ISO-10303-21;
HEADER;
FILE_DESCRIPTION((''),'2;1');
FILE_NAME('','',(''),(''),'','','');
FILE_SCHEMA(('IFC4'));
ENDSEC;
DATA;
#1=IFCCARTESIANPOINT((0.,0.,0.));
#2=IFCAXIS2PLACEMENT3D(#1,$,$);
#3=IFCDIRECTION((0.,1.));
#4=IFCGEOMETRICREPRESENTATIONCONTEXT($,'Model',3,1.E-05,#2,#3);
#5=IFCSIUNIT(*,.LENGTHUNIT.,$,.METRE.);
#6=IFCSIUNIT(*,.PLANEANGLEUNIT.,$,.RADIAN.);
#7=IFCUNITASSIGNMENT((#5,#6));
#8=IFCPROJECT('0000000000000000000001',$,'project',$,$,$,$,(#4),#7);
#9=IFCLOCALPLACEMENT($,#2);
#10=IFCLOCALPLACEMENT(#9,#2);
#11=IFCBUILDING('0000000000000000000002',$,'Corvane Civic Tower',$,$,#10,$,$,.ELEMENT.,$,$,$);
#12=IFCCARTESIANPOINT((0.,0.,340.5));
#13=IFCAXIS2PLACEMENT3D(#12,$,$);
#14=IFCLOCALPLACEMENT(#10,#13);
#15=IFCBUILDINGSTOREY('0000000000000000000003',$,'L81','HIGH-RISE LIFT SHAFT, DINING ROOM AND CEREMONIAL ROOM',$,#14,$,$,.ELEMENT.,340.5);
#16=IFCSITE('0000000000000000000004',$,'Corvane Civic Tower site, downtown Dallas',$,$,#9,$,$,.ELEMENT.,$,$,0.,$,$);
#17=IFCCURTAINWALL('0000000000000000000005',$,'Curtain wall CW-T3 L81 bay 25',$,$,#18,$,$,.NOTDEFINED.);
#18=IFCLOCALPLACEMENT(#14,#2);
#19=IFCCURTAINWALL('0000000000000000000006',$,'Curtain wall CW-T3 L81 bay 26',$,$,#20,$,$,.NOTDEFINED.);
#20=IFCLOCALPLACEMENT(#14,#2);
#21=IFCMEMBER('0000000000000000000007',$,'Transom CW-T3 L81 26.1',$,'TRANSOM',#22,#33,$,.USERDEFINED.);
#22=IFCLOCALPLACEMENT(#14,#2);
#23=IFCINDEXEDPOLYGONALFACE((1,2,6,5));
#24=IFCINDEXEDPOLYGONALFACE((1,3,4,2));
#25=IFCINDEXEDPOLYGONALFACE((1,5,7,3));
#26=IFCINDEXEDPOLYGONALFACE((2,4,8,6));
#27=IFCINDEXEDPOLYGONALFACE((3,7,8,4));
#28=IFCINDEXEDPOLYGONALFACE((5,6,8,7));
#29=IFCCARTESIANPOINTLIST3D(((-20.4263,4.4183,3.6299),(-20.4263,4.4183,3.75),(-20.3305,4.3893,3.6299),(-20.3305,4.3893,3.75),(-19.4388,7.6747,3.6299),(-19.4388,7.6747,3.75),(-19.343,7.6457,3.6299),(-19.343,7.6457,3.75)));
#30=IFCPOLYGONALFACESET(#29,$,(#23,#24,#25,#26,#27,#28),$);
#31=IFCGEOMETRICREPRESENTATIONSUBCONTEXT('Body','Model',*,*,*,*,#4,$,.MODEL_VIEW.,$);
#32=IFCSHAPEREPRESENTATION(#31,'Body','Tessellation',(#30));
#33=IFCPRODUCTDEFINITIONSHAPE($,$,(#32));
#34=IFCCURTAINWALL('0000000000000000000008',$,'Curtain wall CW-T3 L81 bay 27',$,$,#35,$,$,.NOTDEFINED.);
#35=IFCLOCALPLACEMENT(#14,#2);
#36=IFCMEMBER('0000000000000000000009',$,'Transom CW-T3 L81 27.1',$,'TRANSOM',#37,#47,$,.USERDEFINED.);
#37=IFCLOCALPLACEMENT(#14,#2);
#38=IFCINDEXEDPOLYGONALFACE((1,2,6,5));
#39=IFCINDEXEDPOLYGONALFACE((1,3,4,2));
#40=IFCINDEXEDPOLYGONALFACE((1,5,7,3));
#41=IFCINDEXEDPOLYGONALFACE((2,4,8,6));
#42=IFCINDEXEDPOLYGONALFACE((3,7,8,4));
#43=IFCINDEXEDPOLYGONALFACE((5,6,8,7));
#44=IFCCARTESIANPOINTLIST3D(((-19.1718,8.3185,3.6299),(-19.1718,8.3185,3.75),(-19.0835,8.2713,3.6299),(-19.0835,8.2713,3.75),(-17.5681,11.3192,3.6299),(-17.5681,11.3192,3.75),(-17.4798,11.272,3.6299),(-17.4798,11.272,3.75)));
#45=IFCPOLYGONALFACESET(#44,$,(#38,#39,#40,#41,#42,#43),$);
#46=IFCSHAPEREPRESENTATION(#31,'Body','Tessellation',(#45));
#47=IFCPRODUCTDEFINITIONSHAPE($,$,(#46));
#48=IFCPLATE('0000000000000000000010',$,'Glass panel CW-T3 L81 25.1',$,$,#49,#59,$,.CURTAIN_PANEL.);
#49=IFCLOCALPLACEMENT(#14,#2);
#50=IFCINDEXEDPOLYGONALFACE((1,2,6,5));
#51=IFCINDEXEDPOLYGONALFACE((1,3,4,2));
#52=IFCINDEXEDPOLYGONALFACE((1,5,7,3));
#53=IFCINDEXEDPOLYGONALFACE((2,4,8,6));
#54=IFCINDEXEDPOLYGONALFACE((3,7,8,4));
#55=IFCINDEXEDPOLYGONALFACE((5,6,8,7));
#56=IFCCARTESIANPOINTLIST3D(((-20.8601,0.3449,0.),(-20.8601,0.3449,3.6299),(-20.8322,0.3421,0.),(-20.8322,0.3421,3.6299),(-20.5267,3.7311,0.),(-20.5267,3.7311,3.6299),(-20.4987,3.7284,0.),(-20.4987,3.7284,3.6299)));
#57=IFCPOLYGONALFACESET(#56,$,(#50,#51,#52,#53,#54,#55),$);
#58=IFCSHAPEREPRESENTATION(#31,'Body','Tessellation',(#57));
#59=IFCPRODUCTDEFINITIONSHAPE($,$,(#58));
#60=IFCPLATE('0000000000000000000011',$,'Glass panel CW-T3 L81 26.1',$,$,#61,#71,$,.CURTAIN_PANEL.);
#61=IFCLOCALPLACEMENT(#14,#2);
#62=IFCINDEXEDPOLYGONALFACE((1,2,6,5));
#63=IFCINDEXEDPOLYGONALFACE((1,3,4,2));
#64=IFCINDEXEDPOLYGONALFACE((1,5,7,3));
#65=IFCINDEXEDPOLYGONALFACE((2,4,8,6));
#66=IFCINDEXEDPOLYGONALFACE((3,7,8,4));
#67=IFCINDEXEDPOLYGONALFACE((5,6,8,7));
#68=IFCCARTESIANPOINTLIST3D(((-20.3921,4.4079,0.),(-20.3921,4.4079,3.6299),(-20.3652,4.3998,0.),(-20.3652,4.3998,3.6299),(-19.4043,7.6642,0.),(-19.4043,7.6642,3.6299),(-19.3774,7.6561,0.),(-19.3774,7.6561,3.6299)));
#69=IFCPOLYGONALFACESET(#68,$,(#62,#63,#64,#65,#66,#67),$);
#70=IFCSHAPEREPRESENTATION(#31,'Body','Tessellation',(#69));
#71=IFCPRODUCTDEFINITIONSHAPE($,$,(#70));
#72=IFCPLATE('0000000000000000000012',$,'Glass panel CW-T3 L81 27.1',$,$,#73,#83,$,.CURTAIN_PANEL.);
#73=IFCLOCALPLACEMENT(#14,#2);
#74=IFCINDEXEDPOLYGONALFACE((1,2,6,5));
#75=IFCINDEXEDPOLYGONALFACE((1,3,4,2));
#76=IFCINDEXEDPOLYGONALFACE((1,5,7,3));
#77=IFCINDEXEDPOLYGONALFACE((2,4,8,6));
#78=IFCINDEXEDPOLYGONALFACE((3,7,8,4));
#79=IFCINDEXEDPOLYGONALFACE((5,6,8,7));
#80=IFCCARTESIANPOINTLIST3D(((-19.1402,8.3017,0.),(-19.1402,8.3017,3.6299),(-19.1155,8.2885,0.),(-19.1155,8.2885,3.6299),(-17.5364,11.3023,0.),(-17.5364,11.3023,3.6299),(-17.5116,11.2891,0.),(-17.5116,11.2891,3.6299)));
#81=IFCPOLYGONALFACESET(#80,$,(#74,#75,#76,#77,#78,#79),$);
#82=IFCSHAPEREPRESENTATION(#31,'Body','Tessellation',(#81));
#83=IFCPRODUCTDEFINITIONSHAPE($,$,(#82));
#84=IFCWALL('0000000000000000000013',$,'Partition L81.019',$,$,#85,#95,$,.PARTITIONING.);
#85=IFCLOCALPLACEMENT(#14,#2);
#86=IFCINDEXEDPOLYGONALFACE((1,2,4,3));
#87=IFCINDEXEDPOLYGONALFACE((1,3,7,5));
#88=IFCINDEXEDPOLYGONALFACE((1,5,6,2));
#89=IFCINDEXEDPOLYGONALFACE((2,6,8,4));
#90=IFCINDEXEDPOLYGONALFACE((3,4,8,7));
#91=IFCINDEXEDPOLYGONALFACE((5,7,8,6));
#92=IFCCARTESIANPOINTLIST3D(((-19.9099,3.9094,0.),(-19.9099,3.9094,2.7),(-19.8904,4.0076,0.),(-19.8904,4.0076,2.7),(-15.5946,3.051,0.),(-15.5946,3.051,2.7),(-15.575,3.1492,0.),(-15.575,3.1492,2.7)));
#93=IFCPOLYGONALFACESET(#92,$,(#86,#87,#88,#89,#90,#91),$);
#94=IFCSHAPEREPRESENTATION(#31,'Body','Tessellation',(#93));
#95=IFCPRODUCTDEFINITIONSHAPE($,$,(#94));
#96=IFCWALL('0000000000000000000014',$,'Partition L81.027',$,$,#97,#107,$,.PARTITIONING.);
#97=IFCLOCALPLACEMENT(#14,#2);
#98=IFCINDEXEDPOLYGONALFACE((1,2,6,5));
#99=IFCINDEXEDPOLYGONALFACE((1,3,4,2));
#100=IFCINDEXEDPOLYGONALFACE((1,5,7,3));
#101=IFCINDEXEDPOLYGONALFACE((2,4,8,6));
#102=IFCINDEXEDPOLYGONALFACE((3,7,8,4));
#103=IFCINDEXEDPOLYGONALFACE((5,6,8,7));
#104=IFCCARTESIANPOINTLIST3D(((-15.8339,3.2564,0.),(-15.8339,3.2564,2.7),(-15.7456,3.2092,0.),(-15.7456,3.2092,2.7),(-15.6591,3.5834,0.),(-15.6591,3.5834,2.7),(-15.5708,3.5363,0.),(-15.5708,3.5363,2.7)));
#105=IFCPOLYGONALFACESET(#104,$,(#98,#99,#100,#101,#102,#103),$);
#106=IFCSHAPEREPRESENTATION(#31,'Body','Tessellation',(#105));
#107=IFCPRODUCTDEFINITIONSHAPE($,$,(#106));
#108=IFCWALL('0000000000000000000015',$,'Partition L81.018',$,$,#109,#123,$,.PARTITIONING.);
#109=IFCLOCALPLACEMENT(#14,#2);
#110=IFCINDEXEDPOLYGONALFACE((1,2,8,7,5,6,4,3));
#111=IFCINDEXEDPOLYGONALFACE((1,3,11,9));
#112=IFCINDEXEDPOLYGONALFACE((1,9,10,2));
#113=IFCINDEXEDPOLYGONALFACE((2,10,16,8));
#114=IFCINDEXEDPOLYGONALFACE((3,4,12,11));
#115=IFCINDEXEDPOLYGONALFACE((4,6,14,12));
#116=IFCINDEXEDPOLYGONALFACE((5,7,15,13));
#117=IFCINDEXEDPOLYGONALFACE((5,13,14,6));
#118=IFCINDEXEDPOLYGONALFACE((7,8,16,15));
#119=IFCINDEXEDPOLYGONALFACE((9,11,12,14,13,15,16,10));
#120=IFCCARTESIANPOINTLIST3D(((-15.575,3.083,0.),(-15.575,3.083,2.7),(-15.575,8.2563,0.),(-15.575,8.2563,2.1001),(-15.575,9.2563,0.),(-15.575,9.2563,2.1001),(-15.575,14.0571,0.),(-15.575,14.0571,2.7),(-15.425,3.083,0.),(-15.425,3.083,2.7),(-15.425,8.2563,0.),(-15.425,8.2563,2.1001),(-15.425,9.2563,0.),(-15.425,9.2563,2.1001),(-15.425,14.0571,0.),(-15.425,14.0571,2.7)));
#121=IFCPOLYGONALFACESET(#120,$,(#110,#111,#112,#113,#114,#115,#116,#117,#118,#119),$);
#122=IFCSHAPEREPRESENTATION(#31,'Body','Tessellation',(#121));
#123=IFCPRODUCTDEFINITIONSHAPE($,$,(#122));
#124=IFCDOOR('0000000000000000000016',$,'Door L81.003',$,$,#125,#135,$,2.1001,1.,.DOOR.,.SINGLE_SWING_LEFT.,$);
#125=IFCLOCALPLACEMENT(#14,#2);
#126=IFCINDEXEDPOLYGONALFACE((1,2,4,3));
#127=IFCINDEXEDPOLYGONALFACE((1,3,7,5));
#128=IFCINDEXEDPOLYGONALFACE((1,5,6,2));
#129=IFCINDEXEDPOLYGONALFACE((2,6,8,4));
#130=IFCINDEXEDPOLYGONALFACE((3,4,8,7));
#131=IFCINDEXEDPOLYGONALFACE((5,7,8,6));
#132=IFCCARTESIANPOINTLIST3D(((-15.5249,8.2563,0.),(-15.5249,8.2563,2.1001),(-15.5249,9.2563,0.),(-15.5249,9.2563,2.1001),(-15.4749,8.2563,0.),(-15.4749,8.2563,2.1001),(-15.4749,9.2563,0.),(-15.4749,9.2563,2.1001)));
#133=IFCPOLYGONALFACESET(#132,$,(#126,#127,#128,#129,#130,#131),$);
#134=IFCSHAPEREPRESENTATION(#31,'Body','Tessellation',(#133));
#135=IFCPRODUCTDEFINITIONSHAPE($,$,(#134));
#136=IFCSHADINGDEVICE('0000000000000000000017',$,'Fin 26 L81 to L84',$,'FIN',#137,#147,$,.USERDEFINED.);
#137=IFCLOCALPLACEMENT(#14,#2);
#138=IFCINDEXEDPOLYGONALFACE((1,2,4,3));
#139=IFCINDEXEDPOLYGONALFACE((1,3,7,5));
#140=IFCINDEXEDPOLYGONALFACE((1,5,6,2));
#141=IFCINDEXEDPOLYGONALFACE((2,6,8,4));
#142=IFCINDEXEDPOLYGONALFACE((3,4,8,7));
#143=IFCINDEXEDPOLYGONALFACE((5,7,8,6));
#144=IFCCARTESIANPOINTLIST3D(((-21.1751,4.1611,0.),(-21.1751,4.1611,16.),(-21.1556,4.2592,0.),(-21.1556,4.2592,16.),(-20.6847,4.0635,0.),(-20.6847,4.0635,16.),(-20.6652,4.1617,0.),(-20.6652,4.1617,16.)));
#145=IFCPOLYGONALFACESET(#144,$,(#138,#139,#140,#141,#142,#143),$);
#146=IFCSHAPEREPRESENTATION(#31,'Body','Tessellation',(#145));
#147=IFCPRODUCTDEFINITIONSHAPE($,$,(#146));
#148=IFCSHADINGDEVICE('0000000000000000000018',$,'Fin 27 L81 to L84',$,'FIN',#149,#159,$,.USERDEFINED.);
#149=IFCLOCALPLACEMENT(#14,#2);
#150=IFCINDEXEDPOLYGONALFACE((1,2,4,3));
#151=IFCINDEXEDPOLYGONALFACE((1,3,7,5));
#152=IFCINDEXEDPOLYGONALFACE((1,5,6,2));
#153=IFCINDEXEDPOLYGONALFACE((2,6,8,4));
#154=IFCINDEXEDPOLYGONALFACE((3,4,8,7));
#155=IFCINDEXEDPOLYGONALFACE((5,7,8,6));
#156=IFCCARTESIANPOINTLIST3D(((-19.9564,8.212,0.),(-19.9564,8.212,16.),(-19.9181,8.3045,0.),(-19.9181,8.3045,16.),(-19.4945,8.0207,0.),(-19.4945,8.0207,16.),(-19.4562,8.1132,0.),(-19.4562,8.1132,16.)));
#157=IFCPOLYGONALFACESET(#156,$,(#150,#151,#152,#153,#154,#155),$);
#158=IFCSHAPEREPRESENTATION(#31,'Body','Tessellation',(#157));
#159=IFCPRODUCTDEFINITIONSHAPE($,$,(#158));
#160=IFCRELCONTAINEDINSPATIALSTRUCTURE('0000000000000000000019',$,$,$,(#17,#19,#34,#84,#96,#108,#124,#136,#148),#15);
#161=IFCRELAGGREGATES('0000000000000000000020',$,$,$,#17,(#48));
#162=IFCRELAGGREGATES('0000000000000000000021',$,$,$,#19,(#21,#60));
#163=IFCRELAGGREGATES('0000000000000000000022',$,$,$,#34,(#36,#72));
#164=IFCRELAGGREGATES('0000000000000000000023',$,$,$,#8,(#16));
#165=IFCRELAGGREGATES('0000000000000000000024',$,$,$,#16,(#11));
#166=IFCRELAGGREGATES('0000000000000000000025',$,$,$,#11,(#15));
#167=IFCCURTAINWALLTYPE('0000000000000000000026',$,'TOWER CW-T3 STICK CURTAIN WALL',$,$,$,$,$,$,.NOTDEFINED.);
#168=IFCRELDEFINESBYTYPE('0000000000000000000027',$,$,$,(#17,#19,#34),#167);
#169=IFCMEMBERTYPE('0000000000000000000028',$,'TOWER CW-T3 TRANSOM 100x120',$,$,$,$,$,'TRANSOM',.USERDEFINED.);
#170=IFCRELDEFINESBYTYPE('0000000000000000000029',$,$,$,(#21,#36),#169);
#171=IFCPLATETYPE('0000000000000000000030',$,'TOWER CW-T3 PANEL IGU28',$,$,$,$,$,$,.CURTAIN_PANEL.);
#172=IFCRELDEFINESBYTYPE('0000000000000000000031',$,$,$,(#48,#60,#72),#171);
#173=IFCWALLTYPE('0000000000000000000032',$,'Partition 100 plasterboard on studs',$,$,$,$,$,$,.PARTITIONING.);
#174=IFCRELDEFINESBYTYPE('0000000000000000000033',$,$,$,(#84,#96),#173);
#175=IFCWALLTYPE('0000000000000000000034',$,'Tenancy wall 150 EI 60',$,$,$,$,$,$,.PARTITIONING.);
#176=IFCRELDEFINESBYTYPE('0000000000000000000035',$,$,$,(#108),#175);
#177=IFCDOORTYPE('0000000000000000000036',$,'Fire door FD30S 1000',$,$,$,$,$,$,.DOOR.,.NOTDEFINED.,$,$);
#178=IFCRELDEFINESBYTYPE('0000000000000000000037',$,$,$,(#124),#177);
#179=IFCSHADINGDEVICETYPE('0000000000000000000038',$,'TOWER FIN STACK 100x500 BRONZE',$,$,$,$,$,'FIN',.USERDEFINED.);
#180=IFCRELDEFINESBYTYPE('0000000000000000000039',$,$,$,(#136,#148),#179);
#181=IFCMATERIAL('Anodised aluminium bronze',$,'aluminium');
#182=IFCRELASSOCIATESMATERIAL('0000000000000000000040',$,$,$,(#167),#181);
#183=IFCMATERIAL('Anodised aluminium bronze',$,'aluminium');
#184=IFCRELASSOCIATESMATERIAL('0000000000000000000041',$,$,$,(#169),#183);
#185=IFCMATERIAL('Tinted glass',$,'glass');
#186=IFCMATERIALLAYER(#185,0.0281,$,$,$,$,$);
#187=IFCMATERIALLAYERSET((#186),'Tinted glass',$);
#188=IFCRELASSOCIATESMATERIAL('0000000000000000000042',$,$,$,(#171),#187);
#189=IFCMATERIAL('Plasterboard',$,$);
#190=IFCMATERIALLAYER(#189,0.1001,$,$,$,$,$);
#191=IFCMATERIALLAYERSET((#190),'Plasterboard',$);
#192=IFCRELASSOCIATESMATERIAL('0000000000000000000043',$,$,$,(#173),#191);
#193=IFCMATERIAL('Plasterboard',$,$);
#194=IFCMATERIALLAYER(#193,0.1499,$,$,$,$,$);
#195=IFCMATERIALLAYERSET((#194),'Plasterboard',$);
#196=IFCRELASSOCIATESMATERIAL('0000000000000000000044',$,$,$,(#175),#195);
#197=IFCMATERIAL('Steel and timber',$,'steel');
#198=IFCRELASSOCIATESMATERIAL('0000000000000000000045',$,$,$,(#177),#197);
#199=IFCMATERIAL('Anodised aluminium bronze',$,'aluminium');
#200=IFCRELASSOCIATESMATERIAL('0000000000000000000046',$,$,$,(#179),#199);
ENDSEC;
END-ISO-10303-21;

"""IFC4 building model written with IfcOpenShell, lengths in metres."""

from ifc_helpers import new_model, si_unit, direction, frame, frame_2d, origin, origin_2d, place, context, subcontext, project, spatial, rectangle, extrude, material, layer, layer_set, material_profile, profile_set, type_object, element, fill, aggregate, save


model = new_model("IFC4")

# Units and contexts
model_context = context("Model", 3, precision=1e-05, world=origin(), true_north=direction((0.0, 1.0)))
body_context = subcontext(model_context, "Body", "Model", "MODEL_VIEW")
ifc_project = project(units=[si_unit("LENGTHUNIT", "METRE"), si_unit("PLANEANGLEUNIT", "RADIAN")], contexts=[model_context])

# Site, building, storey
site_placement = place(None, origin())
site = spatial("IfcSite", under=ifc_project, at=site_placement, Name="Corvane Civic Tower site, downtown Dallas", CompositionType="ELEMENT", RefElevation=0.0)
building_placement = place(site_placement, origin())
building = spatial("IfcBuilding", under=site, at=building_placement, Name="Corvane Civic Tower", CompositionType="ELEMENT")
storey_placement = place(building_placement, frame((0.0, 0.0, 340.5)))
storey = spatial("IfcBuildingStorey", under=building, at=storey_placement, Name="L81", Description="HIGH-RISE LIFT SHAFT, DINING ROOM AND CEREMONIAL ROOM", CompositionType="ELEMENT", Elevation=340.5)

# Curtain walls, members
ifc_material_1 = material(Name="Anodised aluminium bronze", Category="aluminium")
curtain_wall_type = type_object("IfcCurtainWallType", Name="TOWER CW-T3 STICK CURTAIN WALL", PredefinedType="NOTDEFINED", material=ifc_material_1)
curtain_wall_1_placement = place(storey_placement, origin())
curtain_wall_1 = element("IfcCurtainWall", 1, at=curtain_wall_1_placement, inside=storey, type_object=curtain_wall_type, Name="Curtain wall CW-T3 L81 bay 25", PredefinedType="NOTDEFINED")
ifc_material_2 = material(Name="Anodised aluminium bronze", Category="aluminium")
ifc_material_profile_1 = material_profile(ifc_material_2, rectangle(XDim=0.1001, YDim=0.1201, at=origin_2d()), Name="TOWER CW-T3 TRANSOM 100x120")
ifc_profile_set_1 = profile_set([ifc_material_profile_1], Name="Anodised aluminium bronze")
member_type = type_object("IfcMemberType", Name="TOWER CW-T3 TRANSOM 100x120", ElementType="TRANSOM", PredefinedType="USERDEFINED", material=ifc_profile_set_1)
curtain_wall_2_placement = place(storey_placement, origin())
curtain_wall_2 = element("IfcCurtainWall", 2, at=curtain_wall_2_placement, inside=storey, type_object=curtain_wall_type, Name="Curtain wall CW-T3 L81 bay 26", PredefinedType="NOTDEFINED")
member_1_placement = place(storey_placement, frame((-20.3784, 4.4038, 3.6899), z_axis=(0.290216, 0.956961, 0.0), x_axis=(-0.956961, 0.290216, 0.0)))
member_1 = element("IfcMember", 3, at=member_1_placement, type_object=member_type, Name="Transom CW-T3 L81 26.1", ObjectType="TRANSOM", PredefinedType="USERDEFINED", context=body_context, shape_type="SweptSolid", body=[
    extrude(rectangle(XDim=0.1001, YDim=0.1201, at=origin_2d()), origin(), (0.0, 0.0, 1.0), 3.4028),
])
curtain_wall_3_placement = place(storey_placement, origin())
curtain_wall_3 = element("IfcCurtainWall", 4, at=curtain_wall_3_placement, inside=storey, type_object=curtain_wall_type, Name="Curtain wall CW-T3 L81 bay 27", PredefinedType="NOTDEFINED")
member_2_placement = place(storey_placement, frame((-19.1277, 8.2949, 3.6899), z_axis=(0.471359, 0.881941, 0.0), x_axis=(-0.881941, 0.471359, 0.0)))
member_2 = element("IfcMember", 5, at=member_2_placement, type_object=member_type, Name="Transom CW-T3 L81 27.1", ObjectType="TRANSOM", PredefinedType="USERDEFINED", context=body_context, shape_type="SweptSolid", body=[
    extrude(rectangle(XDim=0.1001, YDim=0.1201, at=origin_2d()), origin(), (0.0, 0.0, 1.0), 3.4023),
])

# Plates
ifc_material_3 = material(Name="Tinted glass", Category="glass")
ifc_layer_1 = layer(ifc_material_3, 0.0281)
ifc_layer_set_1 = layer_set([ifc_layer_1], Name="Tinted glass")
plate_type = type_object("IfcPlateType", Name="TOWER CW-T3 PANEL IGU28", PredefinedType="CURTAIN_PANEL", material=ifc_layer_set_1)
plate_1_placement = place(storey_placement, frame((-20.6794, 2.0366, 0.0), z_axis=(0.0, 0.0, 1.0), x_axis=(0.097998, 0.995187, 0.0)))
plate_1 = element("IfcPlate", 6, at=plate_1_placement, type_object=plate_type, Name="Glass panel CW-T3 L81 25.1", PredefinedType="CURTAIN_PANEL", context=body_context, shape_type="SweptSolid", body=[
    extrude(rectangle(XDim=3.4026, YDim=0.0281, at=origin_2d()), origin(), (0.0, 0.0, 1.0), 3.6299),
])
aggregate(curtain_wall_1, [plate_1])
plate_2_placement = place(storey_placement, frame((-19.8848, 6.032, 0.0), z_axis=(0.0, 0.0, 1.0), x_axis=(0.29029, 0.956939, 0.0)))
plate_2 = element("IfcPlate", 7, at=plate_2_placement, type_object=plate_type, Name="Glass panel CW-T3 L81 26.1", PredefinedType="CURTAIN_PANEL", context=body_context, shape_type="SweptSolid", body=[
    extrude(rectangle(XDim=3.4028, YDim=0.0281, at=origin_2d()), origin(), (0.0, 0.0, 1.0), 3.6299),
])
aggregate(curtain_wall_2, [member_1, plate_2])
plate_3_placement = place(storey_placement, frame((-18.3259, 9.7954, 0.0), z_axis=(0.0, 0.0, 1.0), x_axis=(0.471384, 0.881928, 0.0)))
plate_3 = element("IfcPlate", 8, at=plate_3_placement, type_object=plate_type, Name="Glass panel CW-T3 L81 27.1", PredefinedType="CURTAIN_PANEL", context=body_context, shape_type="SweptSolid", body=[
    extrude(rectangle(XDim=3.4023, YDim=0.0281, at=origin_2d()), origin(), (0.0, 0.0, 1.0), 3.6299),
])
aggregate(curtain_wall_3, [member_2, plate_3])

# Walls
ifc_material_4 = material(Name="Plasterboard")
ifc_layer_2 = layer(ifc_material_4, 0.1001)
ifc_layer_set_2 = layer_set([ifc_layer_2], Name="Plasterboard")
wall_type_1 = type_object("IfcWallType", Name="Partition 100 plasterboard on studs", PredefinedType="PARTITIONING", material=ifc_layer_set_2)
wall_1_placement = place(storey_placement, frame((-19.9001, 3.9585, 0.0), z_axis=(0.0, 0.0, 1.0), x_axis=(0.980785, -0.195092, 0.0)))
element("IfcWall", 9, at=wall_1_placement, inside=storey, type_object=wall_type_1, Name="Partition L81.019", PredefinedType="PARTITIONING", context=body_context, shape_type="SweptSolid", body=[
    extrude(rectangle(XDim=4.3999, YDim=0.1001, at=frame_2d((2.2, 0.0))), origin(), (0.0, 0.0, 1.0), 2.7),
])
wall_2_placement = place(storey_placement, frame((-15.7898, 3.2327, 0.0), z_axis=(0.0, 0.0, 1.0), x_axis=(0.471271, 0.881988, 0.0)))
element("IfcWall", 10, at=wall_2_placement, inside=storey, type_object=wall_type_1, Name="Partition L81.027", PredefinedType="PARTITIONING", context=body_context, shape_type="SweptSolid", body=[
    extrude(rectangle(XDim=0.3708, YDim=0.1001, at=frame_2d((0.1855, 0.0))), origin(), (0.0, 0.0, 1.0), 2.7),
])

# Wall, opening, door
ifc_material_5 = material(Name="Plasterboard")
ifc_layer_3 = layer(ifc_material_5, 0.1499)
ifc_layer_set_3 = layer_set([ifc_layer_3], Name="Plasterboard")
wall_type_2 = type_object("IfcWallType", Name="Tenancy wall 150 EI 60", PredefinedType="PARTITIONING", material=ifc_layer_set_3)
wall_3_placement = place(storey_placement, frame((-15.5, 3.083, 0.0), z_axis=(0.0, 0.0, 1.0), x_axis=(0.0, 1.0, 0.0)))
wall_3 = element("IfcWall", 11, at=wall_3_placement, inside=storey, type_object=wall_type_2, Name="Partition L81.018", PredefinedType="PARTITIONING", context=body_context, shape_type="SweptSolid", body=[
    extrude(rectangle(XDim=10.9741, YDim=0.1499, at=frame_2d((5.4871, 0.0))), origin(), (0.0, 0.0, 1.0), 2.7),
])
opening_placement = place(wall_3_placement, frame((5.1733, 0.0, 0.0)))
opening = element("IfcOpeningElement", 12, at=opening_placement, cuts=wall_3, PredefinedType="OPENING", context=body_context, shape_type="SweptSolid", body=[
    extrude(rectangle(XDim=1.0, YDim=2.1001, at=frame_2d((0.5, 1.05))), frame((0.0, 0.085, 0.0), z_axis=(0.0, -1.0, 0.0), x_axis=(1.0, 0.0, 0.0)), (0.0, 0.0, 1.0), 0.1699),
])
ifc_material_6 = material(Name="Steel and timber", Category="steel")
door_type = type_object("IfcDoorType", Name="Fire door FD30S 1000", OperationType="NOTDEFINED", PredefinedType="DOOR", material=ifc_material_6)
door_placement = place(opening_placement, origin())
door = element("IfcDoor", 13, at=door_placement, inside=storey, type_object=door_type, Name="Door L81.003", OperationType="SINGLE_SWING_LEFT", OverallHeight=2.1001, OverallWidth=1.0, PredefinedType="DOOR", context=body_context, shape_type="SweptSolid", body=[
    extrude(rectangle(XDim=1.0, YDim=2.1001, at=frame_2d((0.5, 1.05))), frame((0.0, 0.0249, 0.0), z_axis=(0.0, -1.0, 0.0), x_axis=(1.0, 0.0, 0.0)), (0.0, 0.0, 1.0), 0.05),
])
fill(opening, door)

# Shading devices
ifc_material_7 = material(Name="Anodised aluminium bronze", Category="aluminium")
ifc_material_profile_2 = material_profile(ifc_material_7, rectangle(XDim=0.1001, YDim=0.5, at=origin_2d()), Name="TOWER FIN STACK 100x500 BRONZE")
ifc_profile_set_2 = profile_set([ifc_material_profile_2], Name="Anodised aluminium bronze")
shading_device_type = type_object("IfcShadingDeviceType", Name="TOWER FIN STACK 100x500 BRONZE", ElementType="FIN", PredefinedType="USERDEFINED", material=ifc_profile_set_2)
for number, where, z_axis, x_axis, name in (
    (14, (-20.9202, 4.1614, 0.0), (0.0, 0.0, 1.0), (0.19509, 0.980785, 0.0), "Fin 26 L81 to L84"),
    (15, (-19.7063, 8.1626, 0.0), (0.0, 0.0, 1.0), (0.382683, 0.92388, 0.0), "Fin 27 L81 to L84"),
):
    element("IfcShadingDevice", number, at=place(storey_placement, frame(where, z_axis=z_axis, x_axis=x_axis)), inside=storey, type_object=shading_device_type, Name=name, ObjectType="FIN", PredefinedType="USERDEFINED", context=body_context, shape_type="SweptSolid", body=[
        extrude(rectangle(XDim=0.1001, YDim=0.5, at=origin_2d()), origin(), (0.0, 0.0, 1.0), 16.0),
    ])

save(model, "model.ifc")
